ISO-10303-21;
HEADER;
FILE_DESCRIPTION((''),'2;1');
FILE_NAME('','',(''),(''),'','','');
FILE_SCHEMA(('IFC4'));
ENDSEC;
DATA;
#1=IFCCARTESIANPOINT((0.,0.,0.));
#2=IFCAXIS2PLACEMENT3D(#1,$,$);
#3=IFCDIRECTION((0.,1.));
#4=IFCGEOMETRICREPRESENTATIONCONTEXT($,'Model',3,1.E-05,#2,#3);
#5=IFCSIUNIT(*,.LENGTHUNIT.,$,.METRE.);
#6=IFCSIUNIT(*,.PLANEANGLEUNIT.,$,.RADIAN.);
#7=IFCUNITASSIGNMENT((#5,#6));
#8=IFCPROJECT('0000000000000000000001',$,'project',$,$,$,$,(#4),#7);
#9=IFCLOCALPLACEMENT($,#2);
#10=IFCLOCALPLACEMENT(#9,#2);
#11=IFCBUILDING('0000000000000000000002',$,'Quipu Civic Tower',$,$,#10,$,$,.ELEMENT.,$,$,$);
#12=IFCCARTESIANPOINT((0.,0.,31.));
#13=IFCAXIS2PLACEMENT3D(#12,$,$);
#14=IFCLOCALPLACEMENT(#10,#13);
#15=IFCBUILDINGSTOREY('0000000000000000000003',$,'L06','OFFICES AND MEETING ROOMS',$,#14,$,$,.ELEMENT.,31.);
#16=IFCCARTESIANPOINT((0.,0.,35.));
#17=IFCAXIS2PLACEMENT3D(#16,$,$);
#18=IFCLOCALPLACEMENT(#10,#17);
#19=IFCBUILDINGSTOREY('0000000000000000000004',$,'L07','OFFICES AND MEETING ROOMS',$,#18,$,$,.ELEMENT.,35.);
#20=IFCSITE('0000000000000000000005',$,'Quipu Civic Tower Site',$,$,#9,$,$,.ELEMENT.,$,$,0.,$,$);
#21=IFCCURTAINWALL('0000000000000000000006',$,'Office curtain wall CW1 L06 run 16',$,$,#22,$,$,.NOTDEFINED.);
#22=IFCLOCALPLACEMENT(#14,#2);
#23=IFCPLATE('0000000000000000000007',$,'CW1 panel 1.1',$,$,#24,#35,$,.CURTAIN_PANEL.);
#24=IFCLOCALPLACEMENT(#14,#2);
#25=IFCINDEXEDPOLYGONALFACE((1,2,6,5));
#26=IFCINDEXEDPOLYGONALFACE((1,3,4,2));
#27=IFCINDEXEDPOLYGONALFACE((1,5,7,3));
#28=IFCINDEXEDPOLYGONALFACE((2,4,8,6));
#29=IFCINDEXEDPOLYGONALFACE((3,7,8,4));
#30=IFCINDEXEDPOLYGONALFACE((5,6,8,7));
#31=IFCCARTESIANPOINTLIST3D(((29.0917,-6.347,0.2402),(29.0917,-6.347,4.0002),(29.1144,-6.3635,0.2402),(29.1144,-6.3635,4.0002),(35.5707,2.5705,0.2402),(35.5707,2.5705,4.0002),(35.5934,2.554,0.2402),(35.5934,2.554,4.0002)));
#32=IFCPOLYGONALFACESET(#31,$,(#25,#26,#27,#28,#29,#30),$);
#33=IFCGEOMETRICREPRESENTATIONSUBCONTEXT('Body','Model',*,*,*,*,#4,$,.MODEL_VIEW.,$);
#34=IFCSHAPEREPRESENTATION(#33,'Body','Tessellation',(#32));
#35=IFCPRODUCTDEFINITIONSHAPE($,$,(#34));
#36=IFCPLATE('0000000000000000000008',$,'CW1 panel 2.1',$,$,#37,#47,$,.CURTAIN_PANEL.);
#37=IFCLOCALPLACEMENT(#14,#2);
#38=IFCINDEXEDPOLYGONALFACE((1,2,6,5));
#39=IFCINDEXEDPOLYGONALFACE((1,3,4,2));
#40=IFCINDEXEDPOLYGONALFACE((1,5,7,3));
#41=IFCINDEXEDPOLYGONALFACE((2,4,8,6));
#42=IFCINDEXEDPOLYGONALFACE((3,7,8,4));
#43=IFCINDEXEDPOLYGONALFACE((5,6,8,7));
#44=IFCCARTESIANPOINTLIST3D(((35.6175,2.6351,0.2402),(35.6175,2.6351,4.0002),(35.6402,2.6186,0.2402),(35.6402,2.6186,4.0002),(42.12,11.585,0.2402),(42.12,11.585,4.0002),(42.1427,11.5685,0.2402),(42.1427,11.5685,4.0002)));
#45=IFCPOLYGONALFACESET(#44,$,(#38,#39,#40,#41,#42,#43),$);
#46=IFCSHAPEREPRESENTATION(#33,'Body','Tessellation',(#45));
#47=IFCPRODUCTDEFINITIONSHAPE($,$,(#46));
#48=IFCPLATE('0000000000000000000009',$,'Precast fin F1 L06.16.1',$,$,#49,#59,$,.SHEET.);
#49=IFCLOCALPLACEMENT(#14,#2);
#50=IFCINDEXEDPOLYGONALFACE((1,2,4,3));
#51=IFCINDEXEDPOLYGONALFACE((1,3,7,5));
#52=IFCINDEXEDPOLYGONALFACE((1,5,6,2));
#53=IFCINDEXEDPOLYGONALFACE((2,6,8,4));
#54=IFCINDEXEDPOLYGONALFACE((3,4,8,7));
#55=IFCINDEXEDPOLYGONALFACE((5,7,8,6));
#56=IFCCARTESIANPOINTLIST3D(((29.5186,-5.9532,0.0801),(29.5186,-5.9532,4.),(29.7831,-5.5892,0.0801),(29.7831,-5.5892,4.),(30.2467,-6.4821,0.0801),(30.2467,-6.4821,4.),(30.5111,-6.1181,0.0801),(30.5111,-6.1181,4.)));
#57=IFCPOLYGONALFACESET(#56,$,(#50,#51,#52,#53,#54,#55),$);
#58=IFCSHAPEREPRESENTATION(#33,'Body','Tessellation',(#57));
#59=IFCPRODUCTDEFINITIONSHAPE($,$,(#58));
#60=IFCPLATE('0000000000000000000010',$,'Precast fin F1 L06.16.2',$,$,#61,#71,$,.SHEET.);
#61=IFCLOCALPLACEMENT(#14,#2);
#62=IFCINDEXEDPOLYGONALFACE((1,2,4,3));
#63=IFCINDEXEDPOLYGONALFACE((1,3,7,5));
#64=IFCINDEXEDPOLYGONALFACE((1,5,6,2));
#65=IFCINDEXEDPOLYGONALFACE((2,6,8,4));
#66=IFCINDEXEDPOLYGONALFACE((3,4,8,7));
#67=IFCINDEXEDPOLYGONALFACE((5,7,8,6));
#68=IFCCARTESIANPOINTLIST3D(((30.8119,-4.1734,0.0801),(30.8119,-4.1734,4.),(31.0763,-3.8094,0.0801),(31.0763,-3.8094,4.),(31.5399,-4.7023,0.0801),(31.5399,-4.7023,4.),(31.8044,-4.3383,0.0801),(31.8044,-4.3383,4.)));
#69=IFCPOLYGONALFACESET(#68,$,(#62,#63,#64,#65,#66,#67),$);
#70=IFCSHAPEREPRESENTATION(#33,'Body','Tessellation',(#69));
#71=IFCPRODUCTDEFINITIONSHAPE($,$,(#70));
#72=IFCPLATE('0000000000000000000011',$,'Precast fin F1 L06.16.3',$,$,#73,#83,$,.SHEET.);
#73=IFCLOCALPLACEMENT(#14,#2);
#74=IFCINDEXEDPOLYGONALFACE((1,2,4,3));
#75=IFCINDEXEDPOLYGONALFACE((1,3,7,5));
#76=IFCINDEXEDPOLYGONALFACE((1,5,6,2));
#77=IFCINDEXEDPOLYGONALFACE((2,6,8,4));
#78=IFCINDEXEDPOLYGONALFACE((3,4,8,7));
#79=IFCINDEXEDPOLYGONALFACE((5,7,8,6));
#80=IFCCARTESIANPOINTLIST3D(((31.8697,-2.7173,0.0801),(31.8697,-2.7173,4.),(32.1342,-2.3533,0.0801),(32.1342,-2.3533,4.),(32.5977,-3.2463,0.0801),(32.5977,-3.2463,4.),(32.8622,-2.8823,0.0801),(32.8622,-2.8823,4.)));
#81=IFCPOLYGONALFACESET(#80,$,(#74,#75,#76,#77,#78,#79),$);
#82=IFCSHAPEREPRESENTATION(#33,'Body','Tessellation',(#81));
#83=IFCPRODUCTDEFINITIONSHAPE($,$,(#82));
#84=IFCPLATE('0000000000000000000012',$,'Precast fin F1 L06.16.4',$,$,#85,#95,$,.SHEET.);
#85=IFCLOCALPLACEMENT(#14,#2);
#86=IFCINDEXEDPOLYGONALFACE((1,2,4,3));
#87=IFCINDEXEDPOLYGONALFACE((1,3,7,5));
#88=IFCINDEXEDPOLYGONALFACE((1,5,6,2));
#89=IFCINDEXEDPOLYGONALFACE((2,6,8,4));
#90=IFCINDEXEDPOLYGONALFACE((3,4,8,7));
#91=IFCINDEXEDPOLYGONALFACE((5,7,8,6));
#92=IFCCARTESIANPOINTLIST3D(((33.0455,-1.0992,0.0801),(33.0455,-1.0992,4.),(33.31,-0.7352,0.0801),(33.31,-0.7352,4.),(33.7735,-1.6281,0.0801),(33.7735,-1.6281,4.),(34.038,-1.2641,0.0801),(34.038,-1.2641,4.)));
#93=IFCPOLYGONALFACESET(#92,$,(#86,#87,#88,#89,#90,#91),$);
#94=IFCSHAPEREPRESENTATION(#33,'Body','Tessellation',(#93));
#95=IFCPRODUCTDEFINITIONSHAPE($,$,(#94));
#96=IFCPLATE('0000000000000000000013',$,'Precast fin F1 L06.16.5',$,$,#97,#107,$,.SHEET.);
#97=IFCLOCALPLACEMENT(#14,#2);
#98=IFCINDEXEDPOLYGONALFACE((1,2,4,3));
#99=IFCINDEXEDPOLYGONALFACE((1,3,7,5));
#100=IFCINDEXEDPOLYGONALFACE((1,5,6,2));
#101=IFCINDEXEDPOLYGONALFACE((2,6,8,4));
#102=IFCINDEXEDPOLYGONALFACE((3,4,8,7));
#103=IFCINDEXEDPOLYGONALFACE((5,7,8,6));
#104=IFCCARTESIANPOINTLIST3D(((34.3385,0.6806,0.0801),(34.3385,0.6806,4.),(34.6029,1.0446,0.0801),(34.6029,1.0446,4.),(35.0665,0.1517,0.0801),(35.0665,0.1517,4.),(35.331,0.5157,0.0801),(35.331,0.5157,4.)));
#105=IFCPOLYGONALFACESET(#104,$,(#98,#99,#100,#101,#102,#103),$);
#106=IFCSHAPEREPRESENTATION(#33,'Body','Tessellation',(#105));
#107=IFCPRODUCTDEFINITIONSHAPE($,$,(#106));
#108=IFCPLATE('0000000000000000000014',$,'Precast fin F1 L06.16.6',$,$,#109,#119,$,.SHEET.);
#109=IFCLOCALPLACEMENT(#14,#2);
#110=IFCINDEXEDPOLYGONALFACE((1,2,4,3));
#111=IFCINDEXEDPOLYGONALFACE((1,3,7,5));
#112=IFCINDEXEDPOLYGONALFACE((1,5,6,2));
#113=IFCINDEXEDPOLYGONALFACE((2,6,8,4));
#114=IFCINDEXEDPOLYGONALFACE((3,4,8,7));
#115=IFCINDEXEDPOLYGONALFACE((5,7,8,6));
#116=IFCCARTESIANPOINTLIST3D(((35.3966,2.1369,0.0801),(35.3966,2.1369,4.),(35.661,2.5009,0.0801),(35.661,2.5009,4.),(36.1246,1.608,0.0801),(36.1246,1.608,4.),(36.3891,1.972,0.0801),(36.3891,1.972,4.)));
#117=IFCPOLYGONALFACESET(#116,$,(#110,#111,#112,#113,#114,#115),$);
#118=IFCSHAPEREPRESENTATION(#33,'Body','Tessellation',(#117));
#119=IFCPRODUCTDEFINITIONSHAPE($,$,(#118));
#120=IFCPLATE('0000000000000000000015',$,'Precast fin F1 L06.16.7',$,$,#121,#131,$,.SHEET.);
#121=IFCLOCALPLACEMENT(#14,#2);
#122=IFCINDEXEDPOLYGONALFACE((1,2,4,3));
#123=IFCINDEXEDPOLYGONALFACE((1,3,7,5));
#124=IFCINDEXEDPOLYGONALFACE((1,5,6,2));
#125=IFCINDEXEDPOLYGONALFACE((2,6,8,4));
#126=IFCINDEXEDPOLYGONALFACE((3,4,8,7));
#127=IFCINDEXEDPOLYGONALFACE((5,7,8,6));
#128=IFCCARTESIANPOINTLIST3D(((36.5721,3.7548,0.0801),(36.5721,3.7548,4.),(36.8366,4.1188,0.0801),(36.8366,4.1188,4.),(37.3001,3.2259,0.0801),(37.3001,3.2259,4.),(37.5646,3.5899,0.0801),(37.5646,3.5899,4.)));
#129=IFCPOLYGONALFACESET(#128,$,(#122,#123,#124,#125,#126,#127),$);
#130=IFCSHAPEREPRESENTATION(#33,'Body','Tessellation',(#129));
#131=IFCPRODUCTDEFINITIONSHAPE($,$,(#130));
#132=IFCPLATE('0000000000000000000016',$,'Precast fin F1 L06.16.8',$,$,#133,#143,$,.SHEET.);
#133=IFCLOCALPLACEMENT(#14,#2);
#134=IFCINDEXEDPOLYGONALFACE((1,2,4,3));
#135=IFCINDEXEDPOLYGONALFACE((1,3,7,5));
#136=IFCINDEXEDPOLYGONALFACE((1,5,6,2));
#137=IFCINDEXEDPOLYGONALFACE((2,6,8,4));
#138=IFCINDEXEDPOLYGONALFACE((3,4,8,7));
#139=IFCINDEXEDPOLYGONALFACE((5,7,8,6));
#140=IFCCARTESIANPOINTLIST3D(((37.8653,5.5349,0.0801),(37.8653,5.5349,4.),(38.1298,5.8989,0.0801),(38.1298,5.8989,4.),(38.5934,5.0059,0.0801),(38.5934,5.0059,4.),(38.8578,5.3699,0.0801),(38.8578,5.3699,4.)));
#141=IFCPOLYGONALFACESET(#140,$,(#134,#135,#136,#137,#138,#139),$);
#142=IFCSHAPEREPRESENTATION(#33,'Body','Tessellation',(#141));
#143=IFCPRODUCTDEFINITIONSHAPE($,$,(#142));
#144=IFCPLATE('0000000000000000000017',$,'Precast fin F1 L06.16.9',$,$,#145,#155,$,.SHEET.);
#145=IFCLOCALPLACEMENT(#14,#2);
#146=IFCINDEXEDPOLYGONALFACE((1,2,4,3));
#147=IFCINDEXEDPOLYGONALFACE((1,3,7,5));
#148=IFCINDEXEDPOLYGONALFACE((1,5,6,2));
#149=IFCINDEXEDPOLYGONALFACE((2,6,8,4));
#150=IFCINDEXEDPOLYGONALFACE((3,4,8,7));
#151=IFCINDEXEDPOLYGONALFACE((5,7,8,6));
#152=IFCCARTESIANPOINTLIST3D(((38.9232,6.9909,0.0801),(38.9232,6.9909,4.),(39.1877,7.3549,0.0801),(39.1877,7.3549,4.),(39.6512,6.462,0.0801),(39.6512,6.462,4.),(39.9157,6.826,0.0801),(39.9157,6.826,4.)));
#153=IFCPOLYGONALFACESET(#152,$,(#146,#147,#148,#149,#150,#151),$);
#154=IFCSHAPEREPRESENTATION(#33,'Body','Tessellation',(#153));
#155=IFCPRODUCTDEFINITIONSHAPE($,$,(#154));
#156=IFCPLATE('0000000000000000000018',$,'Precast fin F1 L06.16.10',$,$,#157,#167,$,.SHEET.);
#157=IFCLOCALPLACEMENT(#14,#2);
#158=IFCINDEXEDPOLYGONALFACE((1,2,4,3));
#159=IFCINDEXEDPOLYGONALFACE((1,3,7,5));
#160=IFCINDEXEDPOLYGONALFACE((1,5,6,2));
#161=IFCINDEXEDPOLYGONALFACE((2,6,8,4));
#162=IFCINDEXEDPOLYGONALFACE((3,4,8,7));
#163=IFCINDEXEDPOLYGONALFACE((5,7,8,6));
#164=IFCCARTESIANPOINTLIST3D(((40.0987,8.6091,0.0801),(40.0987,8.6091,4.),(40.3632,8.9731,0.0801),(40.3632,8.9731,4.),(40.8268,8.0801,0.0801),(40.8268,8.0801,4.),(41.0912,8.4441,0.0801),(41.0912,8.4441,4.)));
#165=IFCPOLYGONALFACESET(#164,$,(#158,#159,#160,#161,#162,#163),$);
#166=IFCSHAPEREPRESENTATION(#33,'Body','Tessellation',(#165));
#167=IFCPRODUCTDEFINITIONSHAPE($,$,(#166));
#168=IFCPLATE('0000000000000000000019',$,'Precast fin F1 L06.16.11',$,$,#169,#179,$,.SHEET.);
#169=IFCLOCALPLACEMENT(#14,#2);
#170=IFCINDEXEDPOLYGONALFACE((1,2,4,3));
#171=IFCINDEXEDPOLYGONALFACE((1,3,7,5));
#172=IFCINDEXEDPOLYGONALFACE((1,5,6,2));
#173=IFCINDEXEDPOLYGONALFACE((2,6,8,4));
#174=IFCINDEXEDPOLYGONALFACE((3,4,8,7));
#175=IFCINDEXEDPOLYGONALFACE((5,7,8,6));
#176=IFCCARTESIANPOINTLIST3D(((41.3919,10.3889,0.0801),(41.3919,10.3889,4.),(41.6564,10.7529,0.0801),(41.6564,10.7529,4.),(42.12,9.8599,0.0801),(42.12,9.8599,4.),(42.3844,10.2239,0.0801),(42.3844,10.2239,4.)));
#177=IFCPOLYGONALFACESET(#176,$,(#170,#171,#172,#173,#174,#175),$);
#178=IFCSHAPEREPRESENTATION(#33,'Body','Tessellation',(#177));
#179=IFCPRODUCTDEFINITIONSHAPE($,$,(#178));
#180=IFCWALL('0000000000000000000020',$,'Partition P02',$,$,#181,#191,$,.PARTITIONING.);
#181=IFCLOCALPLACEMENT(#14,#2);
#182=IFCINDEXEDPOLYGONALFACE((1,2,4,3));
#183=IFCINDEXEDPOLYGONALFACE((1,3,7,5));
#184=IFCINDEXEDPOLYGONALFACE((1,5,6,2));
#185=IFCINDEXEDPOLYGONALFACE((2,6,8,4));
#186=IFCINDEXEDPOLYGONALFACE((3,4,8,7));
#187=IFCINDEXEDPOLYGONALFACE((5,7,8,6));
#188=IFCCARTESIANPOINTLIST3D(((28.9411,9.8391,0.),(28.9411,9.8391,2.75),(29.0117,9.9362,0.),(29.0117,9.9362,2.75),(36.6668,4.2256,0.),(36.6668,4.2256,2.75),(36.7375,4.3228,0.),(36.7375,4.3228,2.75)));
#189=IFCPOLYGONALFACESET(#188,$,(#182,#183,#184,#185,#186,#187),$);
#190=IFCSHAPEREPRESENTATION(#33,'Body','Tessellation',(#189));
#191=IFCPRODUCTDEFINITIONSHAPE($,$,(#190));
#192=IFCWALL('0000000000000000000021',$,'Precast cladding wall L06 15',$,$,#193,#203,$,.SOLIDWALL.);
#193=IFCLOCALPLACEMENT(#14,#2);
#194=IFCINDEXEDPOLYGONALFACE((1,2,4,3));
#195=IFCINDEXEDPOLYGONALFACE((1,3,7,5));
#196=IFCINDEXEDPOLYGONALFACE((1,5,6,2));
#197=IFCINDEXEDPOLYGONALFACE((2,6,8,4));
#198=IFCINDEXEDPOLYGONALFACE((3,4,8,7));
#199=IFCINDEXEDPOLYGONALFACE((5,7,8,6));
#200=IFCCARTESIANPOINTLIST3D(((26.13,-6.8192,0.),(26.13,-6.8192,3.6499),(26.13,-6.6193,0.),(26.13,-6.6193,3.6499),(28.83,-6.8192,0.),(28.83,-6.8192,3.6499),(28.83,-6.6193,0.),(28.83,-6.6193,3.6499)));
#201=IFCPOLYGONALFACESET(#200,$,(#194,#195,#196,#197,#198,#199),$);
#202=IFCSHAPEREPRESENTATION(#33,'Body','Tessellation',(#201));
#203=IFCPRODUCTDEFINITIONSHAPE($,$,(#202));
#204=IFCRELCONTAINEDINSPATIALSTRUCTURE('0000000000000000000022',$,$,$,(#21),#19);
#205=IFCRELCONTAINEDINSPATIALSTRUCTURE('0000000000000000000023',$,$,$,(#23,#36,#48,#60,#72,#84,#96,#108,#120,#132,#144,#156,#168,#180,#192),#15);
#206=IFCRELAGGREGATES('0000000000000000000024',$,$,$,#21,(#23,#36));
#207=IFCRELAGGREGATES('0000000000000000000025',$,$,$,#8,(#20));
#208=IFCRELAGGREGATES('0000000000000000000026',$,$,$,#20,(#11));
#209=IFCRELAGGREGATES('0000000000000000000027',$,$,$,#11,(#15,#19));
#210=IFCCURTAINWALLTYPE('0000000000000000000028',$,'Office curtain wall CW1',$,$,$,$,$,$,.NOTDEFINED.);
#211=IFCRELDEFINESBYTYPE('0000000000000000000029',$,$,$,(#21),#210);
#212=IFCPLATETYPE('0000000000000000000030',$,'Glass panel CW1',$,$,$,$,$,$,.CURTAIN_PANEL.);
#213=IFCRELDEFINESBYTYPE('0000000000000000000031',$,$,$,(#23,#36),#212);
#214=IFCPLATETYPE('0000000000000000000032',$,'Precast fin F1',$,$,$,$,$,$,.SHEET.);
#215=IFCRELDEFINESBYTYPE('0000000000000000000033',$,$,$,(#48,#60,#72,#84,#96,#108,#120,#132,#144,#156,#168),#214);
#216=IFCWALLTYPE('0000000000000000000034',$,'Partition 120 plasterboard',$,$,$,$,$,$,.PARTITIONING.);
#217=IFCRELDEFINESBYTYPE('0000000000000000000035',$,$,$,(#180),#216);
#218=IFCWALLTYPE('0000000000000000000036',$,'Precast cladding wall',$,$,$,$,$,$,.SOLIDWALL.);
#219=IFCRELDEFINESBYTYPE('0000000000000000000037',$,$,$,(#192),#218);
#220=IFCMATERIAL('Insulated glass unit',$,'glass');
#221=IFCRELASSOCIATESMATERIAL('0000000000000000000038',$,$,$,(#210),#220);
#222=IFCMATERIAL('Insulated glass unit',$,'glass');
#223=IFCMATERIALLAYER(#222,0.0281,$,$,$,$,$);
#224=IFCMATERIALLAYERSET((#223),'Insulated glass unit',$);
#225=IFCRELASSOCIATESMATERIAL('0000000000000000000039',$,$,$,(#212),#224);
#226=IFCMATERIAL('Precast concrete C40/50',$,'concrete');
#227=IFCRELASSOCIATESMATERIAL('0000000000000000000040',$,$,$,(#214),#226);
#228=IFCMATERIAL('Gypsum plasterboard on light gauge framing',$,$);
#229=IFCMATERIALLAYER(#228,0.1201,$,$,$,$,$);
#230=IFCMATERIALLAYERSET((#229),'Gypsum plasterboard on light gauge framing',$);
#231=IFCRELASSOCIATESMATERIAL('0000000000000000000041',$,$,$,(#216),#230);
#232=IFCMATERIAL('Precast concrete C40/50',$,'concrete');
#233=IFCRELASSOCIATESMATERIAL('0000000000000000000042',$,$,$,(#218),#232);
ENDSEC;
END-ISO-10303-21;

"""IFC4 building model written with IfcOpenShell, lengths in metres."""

from ifc_helpers import new_model, si_unit, direction, frame, frame_2d, origin, origin_2d, place, context, subcontext, project, spatial, rectangle, extrude, material, layer, layer_set, type_object, element, aggregate, save


model = new_model("IFC4")

# Units and contexts
model_context = context("Model", 3, precision=1e-05, world=origin(), true_north=direction((0.0, 1.0)))
body_context = subcontext(model_context, "Body", "Model", "MODEL_VIEW")
ifc_project = project(units=[si_unit("LENGTHUNIT", "METRE"), si_unit("PLANEANGLEUNIT", "RADIAN")], contexts=[model_context])

# Site, building, storey
site_placement = place(None, origin())
site = spatial("IfcSite", under=ifc_project, at=site_placement, Name="Quipu Civic Tower Site", CompositionType="ELEMENT", RefElevation=0.0)
building_placement = place(site_placement, origin())
building = spatial("IfcBuilding", under=site, at=building_placement, Name="Quipu Civic Tower", CompositionType="ELEMENT")
storey_1_placement = place(building_placement, frame((0.0, 0.0, 31.0)))
storey_1 = spatial("IfcBuildingStorey", under=building, at=storey_1_placement, Name="L06", Description="OFFICES AND MEETING ROOMS", CompositionType="ELEMENT", Elevation=31.0)

# Shared definitions
storey_2_placement = place(building_placement, frame((0.0, 0.0, 35.0)))
storey_2 = spatial("IfcBuildingStorey", under=building, at=storey_2_placement, Name="L07", Description="OFFICES AND MEETING ROOMS", CompositionType="ELEMENT", Elevation=35.0)

# Curtain wall, plates
ifc_material_1 = material(Name="Insulated glass unit", Category="glass")
curtain_wall_type = type_object("IfcCurtainWallType", Name="Office curtain wall CW1", PredefinedType="NOTDEFINED", material=ifc_material_1)
curtain_wall_placement = place(storey_2_placement, origin())
curtain_wall = element("IfcCurtainWall", 1, at=curtain_wall_placement, inside=storey_2, type_object=curtain_wall_type, Name="Office curtain wall CW1 L06 run 16", PredefinedType="NOTDEFINED")
ifc_material_2 = material(Name="Insulated glass unit", Category="glass")
ifc_layer_1 = layer(ifc_material_2, 0.0281)
ifc_layer_set_1 = layer_set([ifc_layer_1], Name="Insulated glass unit")
plate_type_1 = type_object("IfcPlateType", Name="Glass panel CW1", PredefinedType="CURTAIN_PANEL", material=ifc_layer_set_1)
plate_1_placement = place(storey_1_placement, frame((32.3425, -1.8965, 0.2402), z_axis=(0.0, 0.0, 1.0), x_axis=(0.587786, 0.809017, 0.0)))
plate_1 = element("IfcPlate", 2, at=plate_1_placement, inside=storey_1, type_object=plate_type_1, Name="CW1 panel 1.1", PredefinedType="CURTAIN_PANEL", context=body_context, shape_type="SweptSolid", body=[
    extrude(rectangle(XDim=11.0227, YDim=0.0281, at=origin_2d()), origin(), (0.0, 0.0, 1.0), 3.76),
])
plate_2_placement = place(storey_1_placement, frame((38.8801, 7.1018, 0.2402), z_axis=(0.0, 0.0, 1.0), x_axis=(0.587786, 0.809017, 0.0)))
plate_2 = element("IfcPlate", 3, at=plate_2_placement, inside=storey_1, type_object=plate_type_1, Name="CW1 panel 2.1", PredefinedType="CURTAIN_PANEL", context=body_context, shape_type="SweptSolid", body=[
    extrude(rectangle(XDim=11.0627, YDim=0.0281, at=origin_2d()), origin(), (0.0, 0.0, 1.0), 3.76),
])
aggregate(curtain_wall, [plate_1, plate_2])

# Plates
ifc_material_3 = material(Name="Precast concrete C40/50", Category="concrete")
plate_type_2 = type_object("IfcPlateType", Name="Precast fin F1", PredefinedType="SHEET", material=ifc_material_3)
for number, where, z_axis, x_axis, name in (
    (4, (30.0149, -6.0356, 0.0801), (0.0, 0.0, 1.0), (0.587786, 0.809017, 0.0), "Precast fin F1 L06.16.1"),
    (5, (31.3081, -4.2559, 0.0801), (0.0, 0.0, 1.0), (0.587786, 0.809017, 0.0), "Precast fin F1 L06.16.2"),
    (6, (32.366, -2.7998, 0.0801), (0.0, 0.0, 1.0), (0.587786, 0.809017, 0.0), "Precast fin F1 L06.16.3"),
    (7, (33.5417, -1.1816, 0.0801), (0.0, 0.0, 1.0), (0.587786, 0.809017, 0.0), "Precast fin F1 L06.16.4"),
    (8, (34.8347, 0.5981, 0.0801), (0.0, 0.0, 1.0), (0.587786, 0.809017, 0.0), "Precast fin F1 L06.16.5"),
    (9, (35.8928, 2.0544, 0.0801), (0.0, 0.0, 1.0), (0.587786, 0.809017, 0.0), "Precast fin F1 L06.16.6"),
    (10, (37.0684, 3.6724, 0.0801), (0.0, 0.0, 1.0), (0.587786, 0.809017, 0.0), "Precast fin F1 L06.16.7"),
    (11, (38.3616, 5.4524, 0.0801), (0.0, 0.0, 1.0), (0.587786, 0.809017, 0.0), "Precast fin F1 L06.16.8"),
    (12, (39.4194, 6.9084, 0.0801), (0.0, 0.0, 1.0), (0.587786, 0.809017, 0.0), "Precast fin F1 L06.16.9"),
    (13, (40.595, 8.5266, 0.0801), (0.0, 0.0, 1.0), (0.587786, 0.809017, 0.0), "Precast fin F1 L06.16.10"),
    (14, (41.8882, 10.3064, 0.0801), (0.0, 0.0, 1.0), (0.587786, 0.809017, 0.0), "Precast fin F1 L06.16.11"),
):
    element("IfcPlate", number, at=place(storey_1_placement, frame(where, z_axis=z_axis, x_axis=x_axis)), inside=storey_1, type_object=plate_type_2, Name=name, PredefinedType="SHEET", context=body_context, shape_type="SweptSolid", body=[
        extrude(rectangle(XDim=0.45, YDim=0.8999, at=origin_2d()), origin(), (0.0, 0.0, 1.0), 3.9199),
    ])

# Walls
ifc_material_4 = material(Name="Gypsum plasterboard on light gauge framing")
ifc_layer_2 = layer(ifc_material_4, 0.1201)
ifc_layer_set_2 = layer_set([ifc_layer_2], Name="Gypsum plasterboard on light gauge framing")
wall_type_1 = type_object("IfcWallType", Name="Partition 120 plasterboard", PredefinedType="PARTITIONING", material=ifc_layer_set_2)
wall_1_placement = place(storey_1_placement, frame((36.7021, 4.2742, 0.0), z_axis=(0.0, 0.0, 1.0), x_axis=(-0.808998, 0.587811, 0.0)))
element("IfcWall", 15, at=wall_1_placement, inside=storey_1, type_object=wall_type_1, Name="Partition P02", PredefinedType="PARTITIONING", context=body_context, shape_type="SweptSolid", body=[
    extrude(rectangle(XDim=9.5498, YDim=0.1201, at=frame_2d((4.7749, 0.0))), origin(), (0.0, 0.0, 1.0), 2.75),
])
ifc_material_5 = material(Name="Precast concrete C40/50", Category="concrete")
wall_type_2 = type_object("IfcWallType", Name="Precast cladding wall", PredefinedType="SOLIDWALL", material=ifc_material_5)
wall_2_placement = place(storey_1_placement, frame((26.1299, -6.7192, 0.0), z_axis=(0.0, 0.0, 1.0), x_axis=(1.0, 0.0, 0.0)))
element("IfcWall", 16, at=wall_2_placement, inside=storey_1, type_object=wall_type_2, Name="Precast cladding wall L06 15", PredefinedType="SOLIDWALL", context=body_context, shape_type="SweptSolid", body=[
    extrude(rectangle(XDim=2.7, YDim=0.2, at=frame_2d((1.3501, 0.0))), origin(), (0.0, 0.0, 1.0), 3.6499),
])

save(model, "model.ifc")
